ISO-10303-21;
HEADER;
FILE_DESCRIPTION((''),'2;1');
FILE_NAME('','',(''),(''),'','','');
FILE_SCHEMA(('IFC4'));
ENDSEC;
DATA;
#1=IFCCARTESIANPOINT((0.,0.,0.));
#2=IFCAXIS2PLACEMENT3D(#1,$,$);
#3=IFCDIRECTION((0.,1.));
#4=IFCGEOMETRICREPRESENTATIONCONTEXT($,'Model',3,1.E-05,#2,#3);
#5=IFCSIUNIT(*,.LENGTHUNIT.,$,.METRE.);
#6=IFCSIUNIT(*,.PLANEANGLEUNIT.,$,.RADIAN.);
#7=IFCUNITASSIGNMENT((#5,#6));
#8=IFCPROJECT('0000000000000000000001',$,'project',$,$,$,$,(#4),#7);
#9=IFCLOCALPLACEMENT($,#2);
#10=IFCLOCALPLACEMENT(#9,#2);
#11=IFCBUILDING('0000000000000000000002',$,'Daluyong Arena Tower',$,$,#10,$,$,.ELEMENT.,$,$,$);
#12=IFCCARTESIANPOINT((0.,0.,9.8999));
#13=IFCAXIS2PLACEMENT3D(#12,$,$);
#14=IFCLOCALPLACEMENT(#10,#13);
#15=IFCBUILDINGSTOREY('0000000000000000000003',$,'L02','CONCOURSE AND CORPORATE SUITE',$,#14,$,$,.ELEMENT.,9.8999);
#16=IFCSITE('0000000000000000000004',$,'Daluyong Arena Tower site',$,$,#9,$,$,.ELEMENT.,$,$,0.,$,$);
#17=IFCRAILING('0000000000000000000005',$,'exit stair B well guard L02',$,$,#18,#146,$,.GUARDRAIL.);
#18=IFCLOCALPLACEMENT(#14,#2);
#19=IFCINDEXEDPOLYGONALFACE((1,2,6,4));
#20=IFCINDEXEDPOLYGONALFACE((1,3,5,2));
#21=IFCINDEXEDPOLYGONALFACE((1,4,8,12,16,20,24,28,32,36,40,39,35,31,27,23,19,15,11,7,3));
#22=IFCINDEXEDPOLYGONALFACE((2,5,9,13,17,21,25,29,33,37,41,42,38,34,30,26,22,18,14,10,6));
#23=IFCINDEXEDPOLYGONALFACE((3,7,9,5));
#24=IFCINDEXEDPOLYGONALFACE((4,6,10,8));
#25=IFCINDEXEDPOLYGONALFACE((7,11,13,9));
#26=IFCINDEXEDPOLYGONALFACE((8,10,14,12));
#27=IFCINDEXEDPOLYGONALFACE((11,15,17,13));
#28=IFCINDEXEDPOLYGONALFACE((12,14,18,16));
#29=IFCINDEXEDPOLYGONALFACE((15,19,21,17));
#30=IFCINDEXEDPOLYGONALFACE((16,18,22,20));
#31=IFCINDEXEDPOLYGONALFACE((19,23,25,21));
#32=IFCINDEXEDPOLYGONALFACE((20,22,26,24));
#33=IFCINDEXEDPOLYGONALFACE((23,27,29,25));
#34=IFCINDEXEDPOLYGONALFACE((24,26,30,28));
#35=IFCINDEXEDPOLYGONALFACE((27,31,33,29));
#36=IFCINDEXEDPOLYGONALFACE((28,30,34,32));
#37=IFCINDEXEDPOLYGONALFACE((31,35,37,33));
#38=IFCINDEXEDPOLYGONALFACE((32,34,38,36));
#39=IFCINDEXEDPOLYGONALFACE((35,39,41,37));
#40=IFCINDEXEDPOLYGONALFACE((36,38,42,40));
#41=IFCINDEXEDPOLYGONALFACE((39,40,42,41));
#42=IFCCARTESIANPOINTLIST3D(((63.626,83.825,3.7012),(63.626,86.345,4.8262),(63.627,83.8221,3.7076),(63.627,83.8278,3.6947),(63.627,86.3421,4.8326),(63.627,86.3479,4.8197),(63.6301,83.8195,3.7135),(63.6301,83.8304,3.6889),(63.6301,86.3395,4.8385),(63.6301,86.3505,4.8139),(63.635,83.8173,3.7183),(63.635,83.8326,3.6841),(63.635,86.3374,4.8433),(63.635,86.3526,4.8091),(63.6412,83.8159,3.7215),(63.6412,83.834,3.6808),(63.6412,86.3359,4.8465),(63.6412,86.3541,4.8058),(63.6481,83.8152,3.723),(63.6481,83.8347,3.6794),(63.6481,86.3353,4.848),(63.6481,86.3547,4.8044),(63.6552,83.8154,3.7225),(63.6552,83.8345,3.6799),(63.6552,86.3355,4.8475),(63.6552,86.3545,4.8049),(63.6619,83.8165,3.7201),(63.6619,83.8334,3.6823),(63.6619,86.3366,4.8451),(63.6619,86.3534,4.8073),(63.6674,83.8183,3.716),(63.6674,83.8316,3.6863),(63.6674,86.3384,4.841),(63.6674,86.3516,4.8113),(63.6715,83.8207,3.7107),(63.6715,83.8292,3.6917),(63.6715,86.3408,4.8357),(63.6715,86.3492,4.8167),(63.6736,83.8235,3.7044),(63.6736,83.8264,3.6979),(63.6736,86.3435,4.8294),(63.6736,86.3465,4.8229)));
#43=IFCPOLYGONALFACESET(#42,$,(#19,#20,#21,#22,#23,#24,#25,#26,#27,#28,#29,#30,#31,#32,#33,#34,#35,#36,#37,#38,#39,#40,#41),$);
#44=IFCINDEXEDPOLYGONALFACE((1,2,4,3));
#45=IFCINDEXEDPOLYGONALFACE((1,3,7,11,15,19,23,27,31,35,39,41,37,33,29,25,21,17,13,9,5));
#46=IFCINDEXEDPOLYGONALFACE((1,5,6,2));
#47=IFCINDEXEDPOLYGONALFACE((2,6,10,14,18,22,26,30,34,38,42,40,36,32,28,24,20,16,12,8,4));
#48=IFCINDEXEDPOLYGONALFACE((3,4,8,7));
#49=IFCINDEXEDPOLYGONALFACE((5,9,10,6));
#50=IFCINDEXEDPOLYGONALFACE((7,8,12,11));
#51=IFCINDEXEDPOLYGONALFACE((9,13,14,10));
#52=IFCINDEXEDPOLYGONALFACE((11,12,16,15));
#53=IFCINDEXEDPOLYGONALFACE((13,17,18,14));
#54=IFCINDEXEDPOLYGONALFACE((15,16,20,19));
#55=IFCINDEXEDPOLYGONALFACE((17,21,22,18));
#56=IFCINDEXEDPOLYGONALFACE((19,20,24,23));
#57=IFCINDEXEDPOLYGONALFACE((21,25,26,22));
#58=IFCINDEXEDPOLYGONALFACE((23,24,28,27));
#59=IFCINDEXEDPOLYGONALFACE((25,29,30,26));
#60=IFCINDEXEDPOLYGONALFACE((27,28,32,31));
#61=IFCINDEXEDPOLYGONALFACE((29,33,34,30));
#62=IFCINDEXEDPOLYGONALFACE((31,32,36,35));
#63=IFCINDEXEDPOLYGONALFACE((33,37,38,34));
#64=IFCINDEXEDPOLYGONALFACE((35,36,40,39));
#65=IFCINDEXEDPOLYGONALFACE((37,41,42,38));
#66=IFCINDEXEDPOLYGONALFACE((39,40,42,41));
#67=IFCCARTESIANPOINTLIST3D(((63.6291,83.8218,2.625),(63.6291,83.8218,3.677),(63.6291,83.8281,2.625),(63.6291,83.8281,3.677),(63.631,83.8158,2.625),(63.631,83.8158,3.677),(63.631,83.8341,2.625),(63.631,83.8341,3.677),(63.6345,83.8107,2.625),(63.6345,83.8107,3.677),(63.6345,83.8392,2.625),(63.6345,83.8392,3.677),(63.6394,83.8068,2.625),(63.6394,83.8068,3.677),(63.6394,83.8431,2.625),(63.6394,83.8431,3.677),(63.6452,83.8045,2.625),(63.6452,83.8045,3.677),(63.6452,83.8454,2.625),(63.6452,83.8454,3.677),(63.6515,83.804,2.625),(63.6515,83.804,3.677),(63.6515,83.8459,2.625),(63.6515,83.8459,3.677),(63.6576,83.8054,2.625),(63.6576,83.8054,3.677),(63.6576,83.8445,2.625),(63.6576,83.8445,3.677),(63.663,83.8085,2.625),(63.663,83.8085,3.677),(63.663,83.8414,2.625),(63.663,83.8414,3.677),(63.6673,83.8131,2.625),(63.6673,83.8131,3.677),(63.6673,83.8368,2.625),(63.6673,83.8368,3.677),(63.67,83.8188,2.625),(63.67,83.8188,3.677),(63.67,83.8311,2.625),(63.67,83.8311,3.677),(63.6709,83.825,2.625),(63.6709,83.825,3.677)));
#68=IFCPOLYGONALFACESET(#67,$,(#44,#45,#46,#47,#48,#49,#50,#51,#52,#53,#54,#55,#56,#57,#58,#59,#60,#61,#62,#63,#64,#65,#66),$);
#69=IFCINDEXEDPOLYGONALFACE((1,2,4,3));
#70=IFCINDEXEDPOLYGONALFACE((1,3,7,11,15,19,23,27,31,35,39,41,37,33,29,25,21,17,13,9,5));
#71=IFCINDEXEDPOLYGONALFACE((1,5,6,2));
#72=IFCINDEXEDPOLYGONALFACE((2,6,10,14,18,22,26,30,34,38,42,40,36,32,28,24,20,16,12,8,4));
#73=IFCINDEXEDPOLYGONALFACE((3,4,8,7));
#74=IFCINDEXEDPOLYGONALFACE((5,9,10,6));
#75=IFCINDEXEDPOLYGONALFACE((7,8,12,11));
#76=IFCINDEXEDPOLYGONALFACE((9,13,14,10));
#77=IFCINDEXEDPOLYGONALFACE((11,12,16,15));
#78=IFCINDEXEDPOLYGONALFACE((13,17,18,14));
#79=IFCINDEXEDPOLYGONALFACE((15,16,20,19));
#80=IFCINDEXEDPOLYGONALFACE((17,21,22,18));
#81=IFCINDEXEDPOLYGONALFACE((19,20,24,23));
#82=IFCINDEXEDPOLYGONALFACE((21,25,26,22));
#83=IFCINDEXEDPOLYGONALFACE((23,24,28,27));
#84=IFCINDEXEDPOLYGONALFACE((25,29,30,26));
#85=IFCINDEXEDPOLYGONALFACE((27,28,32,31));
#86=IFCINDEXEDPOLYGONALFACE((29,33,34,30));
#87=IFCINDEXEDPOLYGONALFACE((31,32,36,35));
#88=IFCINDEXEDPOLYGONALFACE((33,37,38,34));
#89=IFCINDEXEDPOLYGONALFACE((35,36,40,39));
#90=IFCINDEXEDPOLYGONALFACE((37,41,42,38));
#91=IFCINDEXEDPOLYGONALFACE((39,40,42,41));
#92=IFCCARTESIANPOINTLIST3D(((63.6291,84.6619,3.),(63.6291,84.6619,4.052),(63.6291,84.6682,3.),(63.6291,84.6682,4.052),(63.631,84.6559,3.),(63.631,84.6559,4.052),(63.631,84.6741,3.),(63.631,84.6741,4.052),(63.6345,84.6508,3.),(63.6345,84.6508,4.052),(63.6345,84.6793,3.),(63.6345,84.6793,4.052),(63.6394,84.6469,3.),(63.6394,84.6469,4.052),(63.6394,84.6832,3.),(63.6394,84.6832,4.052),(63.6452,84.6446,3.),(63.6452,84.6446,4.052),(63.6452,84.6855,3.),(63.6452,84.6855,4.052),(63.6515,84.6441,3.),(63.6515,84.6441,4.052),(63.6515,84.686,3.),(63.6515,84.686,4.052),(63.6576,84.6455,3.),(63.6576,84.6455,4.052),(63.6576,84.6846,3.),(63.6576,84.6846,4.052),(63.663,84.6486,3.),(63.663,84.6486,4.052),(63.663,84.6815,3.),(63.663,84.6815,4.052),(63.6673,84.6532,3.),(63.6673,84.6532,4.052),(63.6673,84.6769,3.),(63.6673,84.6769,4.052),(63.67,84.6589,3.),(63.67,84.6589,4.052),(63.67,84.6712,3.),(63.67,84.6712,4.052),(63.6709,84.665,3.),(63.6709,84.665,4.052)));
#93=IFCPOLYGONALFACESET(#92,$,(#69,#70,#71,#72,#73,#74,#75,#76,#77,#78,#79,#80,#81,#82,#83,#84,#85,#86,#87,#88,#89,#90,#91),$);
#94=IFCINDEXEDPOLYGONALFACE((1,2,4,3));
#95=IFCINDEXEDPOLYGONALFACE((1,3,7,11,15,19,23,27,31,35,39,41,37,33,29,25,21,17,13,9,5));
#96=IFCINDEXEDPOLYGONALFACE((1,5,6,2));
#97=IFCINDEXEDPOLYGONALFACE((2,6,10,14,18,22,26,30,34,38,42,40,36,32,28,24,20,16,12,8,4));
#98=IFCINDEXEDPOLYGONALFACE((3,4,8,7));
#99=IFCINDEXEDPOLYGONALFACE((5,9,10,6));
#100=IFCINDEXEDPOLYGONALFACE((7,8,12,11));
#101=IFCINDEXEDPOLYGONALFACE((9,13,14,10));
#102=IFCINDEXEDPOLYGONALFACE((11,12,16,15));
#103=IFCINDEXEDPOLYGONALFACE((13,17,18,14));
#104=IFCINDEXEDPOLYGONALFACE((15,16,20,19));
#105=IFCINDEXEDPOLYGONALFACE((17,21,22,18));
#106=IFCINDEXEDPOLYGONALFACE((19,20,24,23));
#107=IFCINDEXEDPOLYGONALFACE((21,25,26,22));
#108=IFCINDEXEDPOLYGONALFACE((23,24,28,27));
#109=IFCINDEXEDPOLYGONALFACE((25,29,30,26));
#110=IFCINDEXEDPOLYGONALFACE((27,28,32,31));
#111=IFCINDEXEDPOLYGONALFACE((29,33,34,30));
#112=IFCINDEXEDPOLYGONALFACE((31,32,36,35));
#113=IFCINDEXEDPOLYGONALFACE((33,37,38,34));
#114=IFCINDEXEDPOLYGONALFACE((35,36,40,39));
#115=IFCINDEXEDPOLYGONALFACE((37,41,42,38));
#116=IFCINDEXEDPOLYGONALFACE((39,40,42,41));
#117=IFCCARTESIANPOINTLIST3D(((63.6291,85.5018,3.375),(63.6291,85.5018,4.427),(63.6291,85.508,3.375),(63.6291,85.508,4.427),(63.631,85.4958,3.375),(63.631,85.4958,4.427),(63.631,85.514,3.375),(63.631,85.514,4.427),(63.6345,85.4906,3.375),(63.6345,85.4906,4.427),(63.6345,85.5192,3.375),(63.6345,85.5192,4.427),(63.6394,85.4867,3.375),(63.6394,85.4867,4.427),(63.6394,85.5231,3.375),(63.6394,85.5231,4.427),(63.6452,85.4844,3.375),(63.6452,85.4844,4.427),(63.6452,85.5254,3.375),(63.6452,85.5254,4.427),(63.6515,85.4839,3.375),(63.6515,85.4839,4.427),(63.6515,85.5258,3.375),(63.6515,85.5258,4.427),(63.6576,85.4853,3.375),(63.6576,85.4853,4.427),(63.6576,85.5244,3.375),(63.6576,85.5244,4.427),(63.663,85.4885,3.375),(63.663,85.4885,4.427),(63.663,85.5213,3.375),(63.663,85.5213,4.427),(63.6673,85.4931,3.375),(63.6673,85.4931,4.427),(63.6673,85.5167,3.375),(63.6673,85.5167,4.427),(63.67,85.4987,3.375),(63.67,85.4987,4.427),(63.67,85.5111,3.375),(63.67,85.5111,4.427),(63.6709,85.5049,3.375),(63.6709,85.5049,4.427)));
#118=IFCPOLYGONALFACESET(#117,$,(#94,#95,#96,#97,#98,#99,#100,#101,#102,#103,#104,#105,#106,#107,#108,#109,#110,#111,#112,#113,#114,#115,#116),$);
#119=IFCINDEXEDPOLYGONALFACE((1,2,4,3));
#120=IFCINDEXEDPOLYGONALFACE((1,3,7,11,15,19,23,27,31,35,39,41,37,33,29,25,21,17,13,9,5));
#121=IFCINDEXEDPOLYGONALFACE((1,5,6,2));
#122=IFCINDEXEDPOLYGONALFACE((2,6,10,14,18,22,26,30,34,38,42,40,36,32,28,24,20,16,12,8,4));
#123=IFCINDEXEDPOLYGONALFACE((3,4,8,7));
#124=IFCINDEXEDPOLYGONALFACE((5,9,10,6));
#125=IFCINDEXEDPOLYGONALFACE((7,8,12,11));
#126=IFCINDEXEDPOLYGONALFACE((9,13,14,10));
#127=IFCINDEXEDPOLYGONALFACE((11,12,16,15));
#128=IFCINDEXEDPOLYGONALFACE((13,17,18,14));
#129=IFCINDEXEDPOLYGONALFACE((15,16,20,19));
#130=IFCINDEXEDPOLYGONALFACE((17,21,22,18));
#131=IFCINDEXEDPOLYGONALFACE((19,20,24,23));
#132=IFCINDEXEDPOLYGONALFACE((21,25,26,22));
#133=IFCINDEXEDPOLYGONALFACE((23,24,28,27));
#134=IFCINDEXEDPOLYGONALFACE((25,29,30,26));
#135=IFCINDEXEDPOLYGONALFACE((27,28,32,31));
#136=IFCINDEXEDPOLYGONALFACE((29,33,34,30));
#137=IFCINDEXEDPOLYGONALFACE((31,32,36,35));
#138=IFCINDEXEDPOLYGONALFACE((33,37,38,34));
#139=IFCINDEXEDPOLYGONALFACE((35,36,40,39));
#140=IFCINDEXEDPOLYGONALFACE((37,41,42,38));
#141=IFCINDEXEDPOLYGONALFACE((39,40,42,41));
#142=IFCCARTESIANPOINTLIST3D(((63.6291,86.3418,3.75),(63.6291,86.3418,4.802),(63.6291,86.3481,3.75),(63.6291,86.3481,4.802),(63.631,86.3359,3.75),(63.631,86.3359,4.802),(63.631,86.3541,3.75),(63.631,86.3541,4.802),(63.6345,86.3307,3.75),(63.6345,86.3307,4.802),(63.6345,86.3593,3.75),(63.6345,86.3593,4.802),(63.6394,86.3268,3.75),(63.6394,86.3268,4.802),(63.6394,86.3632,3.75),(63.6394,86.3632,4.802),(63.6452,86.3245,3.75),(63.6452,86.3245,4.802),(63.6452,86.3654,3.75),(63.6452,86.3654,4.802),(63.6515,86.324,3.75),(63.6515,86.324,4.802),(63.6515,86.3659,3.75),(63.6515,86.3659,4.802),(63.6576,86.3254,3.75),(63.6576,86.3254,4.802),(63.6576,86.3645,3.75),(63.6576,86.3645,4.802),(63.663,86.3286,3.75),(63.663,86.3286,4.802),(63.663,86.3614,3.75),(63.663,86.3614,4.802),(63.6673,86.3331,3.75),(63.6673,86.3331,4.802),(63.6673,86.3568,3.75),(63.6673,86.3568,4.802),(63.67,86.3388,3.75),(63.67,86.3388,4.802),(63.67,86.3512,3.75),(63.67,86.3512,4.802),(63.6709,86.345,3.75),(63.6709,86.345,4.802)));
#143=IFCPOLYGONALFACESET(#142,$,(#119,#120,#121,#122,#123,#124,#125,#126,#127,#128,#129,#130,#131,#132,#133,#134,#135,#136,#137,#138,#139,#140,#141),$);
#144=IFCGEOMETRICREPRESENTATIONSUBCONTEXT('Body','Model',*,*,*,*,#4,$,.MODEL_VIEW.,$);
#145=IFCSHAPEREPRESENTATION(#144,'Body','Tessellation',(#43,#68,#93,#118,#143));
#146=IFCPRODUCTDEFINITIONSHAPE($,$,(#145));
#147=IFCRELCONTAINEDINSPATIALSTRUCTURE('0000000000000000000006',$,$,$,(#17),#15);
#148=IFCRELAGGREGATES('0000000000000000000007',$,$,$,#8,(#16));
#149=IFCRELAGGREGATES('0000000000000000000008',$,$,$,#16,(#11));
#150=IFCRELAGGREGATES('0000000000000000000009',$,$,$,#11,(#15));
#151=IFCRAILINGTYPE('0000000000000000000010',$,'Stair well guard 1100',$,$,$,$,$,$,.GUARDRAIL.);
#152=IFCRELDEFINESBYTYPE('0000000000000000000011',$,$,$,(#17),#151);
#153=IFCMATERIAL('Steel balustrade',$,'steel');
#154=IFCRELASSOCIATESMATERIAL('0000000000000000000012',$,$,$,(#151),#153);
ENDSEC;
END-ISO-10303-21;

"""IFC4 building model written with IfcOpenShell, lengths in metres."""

from ifc_helpers import new_model, si_unit, direction, frame, origin, origin_2d, place, context, subcontext, project, spatial, circle, extrude, material, type_object, element, save


model = new_model("IFC4")

# Units and contexts
model_context = context("Model", 3, precision=1e-05, world=origin(), true_north=direction((0.0, 1.0)))
body_context = subcontext(model_context, "Body", "Model", "MODEL_VIEW")
ifc_project = project(units=[si_unit("LENGTHUNIT", "METRE"), si_unit("PLANEANGLEUNIT", "RADIAN")], contexts=[model_context])

# Site, building, storey
site_placement = place(None, origin())
site = spatial("IfcSite", under=ifc_project, at=site_placement, Name="Daluyong Arena Tower site", CompositionType="ELEMENT", RefElevation=0.0)
building_placement = place(site_placement, origin())
building = spatial("IfcBuilding", under=site, at=building_placement, Name="Daluyong Arena Tower", CompositionType="ELEMENT")
storey_placement = place(building_placement, frame((0.0, 0.0, 9.8999)))
storey = spatial("IfcBuildingStorey", under=building, at=storey_placement, Name="L02", Description="CONCOURSE AND CORPORATE SUITE", CompositionType="ELEMENT", Elevation=9.8999)

# Railing
ifc_material_1 = material(Name="Steel balustrade", Category="steel")
railing_type_1 = type_object("IfcRailingType", Name="Stair well guard 1100", PredefinedType="GUARDRAIL", material=ifc_material_1)
for number, where, name in (
    (1, (63.6499, 83.825, 2.625), "exit stair B well guard L02"),
):
    element("IfcRailing", number, at=place(storey_placement, frame(where)), inside=storey, type_object=railing_type_1, Name=name, PredefinedType="GUARDRAIL", context=body_context, shape_type="SweptSolid", body=[
        extrude(circle(Radius=0.0239, at=origin_2d()), frame((0.0, 0.0, 1.0762), z_axis=(0.0, 0.913139, 0.407648), x_axis=(-1.0, 0.0, 0.0)), (0.0, 0.0, 1.0), 2.7598),
        extrude(circle(Radius=0.021, at=origin_2d()), origin(), (0.0, 0.0, 1.0), 1.052),
        extrude(circle(Radius=0.021, at=origin_2d()), frame((0.0, 0.8401, 0.375)), (0.0, 0.0, 1.0), 1.052),
        extrude(circle(Radius=0.021, at=origin_2d()), frame((0.0, 1.6799, 0.75)), (0.0, 0.0, 1.0), 1.052),
        extrude(circle(Radius=0.021, at=origin_2d()), frame((0.0, 2.52, 1.125)), (0.0, 0.0, 1.0), 1.052),
    ])

save(model, "model.ifc")
